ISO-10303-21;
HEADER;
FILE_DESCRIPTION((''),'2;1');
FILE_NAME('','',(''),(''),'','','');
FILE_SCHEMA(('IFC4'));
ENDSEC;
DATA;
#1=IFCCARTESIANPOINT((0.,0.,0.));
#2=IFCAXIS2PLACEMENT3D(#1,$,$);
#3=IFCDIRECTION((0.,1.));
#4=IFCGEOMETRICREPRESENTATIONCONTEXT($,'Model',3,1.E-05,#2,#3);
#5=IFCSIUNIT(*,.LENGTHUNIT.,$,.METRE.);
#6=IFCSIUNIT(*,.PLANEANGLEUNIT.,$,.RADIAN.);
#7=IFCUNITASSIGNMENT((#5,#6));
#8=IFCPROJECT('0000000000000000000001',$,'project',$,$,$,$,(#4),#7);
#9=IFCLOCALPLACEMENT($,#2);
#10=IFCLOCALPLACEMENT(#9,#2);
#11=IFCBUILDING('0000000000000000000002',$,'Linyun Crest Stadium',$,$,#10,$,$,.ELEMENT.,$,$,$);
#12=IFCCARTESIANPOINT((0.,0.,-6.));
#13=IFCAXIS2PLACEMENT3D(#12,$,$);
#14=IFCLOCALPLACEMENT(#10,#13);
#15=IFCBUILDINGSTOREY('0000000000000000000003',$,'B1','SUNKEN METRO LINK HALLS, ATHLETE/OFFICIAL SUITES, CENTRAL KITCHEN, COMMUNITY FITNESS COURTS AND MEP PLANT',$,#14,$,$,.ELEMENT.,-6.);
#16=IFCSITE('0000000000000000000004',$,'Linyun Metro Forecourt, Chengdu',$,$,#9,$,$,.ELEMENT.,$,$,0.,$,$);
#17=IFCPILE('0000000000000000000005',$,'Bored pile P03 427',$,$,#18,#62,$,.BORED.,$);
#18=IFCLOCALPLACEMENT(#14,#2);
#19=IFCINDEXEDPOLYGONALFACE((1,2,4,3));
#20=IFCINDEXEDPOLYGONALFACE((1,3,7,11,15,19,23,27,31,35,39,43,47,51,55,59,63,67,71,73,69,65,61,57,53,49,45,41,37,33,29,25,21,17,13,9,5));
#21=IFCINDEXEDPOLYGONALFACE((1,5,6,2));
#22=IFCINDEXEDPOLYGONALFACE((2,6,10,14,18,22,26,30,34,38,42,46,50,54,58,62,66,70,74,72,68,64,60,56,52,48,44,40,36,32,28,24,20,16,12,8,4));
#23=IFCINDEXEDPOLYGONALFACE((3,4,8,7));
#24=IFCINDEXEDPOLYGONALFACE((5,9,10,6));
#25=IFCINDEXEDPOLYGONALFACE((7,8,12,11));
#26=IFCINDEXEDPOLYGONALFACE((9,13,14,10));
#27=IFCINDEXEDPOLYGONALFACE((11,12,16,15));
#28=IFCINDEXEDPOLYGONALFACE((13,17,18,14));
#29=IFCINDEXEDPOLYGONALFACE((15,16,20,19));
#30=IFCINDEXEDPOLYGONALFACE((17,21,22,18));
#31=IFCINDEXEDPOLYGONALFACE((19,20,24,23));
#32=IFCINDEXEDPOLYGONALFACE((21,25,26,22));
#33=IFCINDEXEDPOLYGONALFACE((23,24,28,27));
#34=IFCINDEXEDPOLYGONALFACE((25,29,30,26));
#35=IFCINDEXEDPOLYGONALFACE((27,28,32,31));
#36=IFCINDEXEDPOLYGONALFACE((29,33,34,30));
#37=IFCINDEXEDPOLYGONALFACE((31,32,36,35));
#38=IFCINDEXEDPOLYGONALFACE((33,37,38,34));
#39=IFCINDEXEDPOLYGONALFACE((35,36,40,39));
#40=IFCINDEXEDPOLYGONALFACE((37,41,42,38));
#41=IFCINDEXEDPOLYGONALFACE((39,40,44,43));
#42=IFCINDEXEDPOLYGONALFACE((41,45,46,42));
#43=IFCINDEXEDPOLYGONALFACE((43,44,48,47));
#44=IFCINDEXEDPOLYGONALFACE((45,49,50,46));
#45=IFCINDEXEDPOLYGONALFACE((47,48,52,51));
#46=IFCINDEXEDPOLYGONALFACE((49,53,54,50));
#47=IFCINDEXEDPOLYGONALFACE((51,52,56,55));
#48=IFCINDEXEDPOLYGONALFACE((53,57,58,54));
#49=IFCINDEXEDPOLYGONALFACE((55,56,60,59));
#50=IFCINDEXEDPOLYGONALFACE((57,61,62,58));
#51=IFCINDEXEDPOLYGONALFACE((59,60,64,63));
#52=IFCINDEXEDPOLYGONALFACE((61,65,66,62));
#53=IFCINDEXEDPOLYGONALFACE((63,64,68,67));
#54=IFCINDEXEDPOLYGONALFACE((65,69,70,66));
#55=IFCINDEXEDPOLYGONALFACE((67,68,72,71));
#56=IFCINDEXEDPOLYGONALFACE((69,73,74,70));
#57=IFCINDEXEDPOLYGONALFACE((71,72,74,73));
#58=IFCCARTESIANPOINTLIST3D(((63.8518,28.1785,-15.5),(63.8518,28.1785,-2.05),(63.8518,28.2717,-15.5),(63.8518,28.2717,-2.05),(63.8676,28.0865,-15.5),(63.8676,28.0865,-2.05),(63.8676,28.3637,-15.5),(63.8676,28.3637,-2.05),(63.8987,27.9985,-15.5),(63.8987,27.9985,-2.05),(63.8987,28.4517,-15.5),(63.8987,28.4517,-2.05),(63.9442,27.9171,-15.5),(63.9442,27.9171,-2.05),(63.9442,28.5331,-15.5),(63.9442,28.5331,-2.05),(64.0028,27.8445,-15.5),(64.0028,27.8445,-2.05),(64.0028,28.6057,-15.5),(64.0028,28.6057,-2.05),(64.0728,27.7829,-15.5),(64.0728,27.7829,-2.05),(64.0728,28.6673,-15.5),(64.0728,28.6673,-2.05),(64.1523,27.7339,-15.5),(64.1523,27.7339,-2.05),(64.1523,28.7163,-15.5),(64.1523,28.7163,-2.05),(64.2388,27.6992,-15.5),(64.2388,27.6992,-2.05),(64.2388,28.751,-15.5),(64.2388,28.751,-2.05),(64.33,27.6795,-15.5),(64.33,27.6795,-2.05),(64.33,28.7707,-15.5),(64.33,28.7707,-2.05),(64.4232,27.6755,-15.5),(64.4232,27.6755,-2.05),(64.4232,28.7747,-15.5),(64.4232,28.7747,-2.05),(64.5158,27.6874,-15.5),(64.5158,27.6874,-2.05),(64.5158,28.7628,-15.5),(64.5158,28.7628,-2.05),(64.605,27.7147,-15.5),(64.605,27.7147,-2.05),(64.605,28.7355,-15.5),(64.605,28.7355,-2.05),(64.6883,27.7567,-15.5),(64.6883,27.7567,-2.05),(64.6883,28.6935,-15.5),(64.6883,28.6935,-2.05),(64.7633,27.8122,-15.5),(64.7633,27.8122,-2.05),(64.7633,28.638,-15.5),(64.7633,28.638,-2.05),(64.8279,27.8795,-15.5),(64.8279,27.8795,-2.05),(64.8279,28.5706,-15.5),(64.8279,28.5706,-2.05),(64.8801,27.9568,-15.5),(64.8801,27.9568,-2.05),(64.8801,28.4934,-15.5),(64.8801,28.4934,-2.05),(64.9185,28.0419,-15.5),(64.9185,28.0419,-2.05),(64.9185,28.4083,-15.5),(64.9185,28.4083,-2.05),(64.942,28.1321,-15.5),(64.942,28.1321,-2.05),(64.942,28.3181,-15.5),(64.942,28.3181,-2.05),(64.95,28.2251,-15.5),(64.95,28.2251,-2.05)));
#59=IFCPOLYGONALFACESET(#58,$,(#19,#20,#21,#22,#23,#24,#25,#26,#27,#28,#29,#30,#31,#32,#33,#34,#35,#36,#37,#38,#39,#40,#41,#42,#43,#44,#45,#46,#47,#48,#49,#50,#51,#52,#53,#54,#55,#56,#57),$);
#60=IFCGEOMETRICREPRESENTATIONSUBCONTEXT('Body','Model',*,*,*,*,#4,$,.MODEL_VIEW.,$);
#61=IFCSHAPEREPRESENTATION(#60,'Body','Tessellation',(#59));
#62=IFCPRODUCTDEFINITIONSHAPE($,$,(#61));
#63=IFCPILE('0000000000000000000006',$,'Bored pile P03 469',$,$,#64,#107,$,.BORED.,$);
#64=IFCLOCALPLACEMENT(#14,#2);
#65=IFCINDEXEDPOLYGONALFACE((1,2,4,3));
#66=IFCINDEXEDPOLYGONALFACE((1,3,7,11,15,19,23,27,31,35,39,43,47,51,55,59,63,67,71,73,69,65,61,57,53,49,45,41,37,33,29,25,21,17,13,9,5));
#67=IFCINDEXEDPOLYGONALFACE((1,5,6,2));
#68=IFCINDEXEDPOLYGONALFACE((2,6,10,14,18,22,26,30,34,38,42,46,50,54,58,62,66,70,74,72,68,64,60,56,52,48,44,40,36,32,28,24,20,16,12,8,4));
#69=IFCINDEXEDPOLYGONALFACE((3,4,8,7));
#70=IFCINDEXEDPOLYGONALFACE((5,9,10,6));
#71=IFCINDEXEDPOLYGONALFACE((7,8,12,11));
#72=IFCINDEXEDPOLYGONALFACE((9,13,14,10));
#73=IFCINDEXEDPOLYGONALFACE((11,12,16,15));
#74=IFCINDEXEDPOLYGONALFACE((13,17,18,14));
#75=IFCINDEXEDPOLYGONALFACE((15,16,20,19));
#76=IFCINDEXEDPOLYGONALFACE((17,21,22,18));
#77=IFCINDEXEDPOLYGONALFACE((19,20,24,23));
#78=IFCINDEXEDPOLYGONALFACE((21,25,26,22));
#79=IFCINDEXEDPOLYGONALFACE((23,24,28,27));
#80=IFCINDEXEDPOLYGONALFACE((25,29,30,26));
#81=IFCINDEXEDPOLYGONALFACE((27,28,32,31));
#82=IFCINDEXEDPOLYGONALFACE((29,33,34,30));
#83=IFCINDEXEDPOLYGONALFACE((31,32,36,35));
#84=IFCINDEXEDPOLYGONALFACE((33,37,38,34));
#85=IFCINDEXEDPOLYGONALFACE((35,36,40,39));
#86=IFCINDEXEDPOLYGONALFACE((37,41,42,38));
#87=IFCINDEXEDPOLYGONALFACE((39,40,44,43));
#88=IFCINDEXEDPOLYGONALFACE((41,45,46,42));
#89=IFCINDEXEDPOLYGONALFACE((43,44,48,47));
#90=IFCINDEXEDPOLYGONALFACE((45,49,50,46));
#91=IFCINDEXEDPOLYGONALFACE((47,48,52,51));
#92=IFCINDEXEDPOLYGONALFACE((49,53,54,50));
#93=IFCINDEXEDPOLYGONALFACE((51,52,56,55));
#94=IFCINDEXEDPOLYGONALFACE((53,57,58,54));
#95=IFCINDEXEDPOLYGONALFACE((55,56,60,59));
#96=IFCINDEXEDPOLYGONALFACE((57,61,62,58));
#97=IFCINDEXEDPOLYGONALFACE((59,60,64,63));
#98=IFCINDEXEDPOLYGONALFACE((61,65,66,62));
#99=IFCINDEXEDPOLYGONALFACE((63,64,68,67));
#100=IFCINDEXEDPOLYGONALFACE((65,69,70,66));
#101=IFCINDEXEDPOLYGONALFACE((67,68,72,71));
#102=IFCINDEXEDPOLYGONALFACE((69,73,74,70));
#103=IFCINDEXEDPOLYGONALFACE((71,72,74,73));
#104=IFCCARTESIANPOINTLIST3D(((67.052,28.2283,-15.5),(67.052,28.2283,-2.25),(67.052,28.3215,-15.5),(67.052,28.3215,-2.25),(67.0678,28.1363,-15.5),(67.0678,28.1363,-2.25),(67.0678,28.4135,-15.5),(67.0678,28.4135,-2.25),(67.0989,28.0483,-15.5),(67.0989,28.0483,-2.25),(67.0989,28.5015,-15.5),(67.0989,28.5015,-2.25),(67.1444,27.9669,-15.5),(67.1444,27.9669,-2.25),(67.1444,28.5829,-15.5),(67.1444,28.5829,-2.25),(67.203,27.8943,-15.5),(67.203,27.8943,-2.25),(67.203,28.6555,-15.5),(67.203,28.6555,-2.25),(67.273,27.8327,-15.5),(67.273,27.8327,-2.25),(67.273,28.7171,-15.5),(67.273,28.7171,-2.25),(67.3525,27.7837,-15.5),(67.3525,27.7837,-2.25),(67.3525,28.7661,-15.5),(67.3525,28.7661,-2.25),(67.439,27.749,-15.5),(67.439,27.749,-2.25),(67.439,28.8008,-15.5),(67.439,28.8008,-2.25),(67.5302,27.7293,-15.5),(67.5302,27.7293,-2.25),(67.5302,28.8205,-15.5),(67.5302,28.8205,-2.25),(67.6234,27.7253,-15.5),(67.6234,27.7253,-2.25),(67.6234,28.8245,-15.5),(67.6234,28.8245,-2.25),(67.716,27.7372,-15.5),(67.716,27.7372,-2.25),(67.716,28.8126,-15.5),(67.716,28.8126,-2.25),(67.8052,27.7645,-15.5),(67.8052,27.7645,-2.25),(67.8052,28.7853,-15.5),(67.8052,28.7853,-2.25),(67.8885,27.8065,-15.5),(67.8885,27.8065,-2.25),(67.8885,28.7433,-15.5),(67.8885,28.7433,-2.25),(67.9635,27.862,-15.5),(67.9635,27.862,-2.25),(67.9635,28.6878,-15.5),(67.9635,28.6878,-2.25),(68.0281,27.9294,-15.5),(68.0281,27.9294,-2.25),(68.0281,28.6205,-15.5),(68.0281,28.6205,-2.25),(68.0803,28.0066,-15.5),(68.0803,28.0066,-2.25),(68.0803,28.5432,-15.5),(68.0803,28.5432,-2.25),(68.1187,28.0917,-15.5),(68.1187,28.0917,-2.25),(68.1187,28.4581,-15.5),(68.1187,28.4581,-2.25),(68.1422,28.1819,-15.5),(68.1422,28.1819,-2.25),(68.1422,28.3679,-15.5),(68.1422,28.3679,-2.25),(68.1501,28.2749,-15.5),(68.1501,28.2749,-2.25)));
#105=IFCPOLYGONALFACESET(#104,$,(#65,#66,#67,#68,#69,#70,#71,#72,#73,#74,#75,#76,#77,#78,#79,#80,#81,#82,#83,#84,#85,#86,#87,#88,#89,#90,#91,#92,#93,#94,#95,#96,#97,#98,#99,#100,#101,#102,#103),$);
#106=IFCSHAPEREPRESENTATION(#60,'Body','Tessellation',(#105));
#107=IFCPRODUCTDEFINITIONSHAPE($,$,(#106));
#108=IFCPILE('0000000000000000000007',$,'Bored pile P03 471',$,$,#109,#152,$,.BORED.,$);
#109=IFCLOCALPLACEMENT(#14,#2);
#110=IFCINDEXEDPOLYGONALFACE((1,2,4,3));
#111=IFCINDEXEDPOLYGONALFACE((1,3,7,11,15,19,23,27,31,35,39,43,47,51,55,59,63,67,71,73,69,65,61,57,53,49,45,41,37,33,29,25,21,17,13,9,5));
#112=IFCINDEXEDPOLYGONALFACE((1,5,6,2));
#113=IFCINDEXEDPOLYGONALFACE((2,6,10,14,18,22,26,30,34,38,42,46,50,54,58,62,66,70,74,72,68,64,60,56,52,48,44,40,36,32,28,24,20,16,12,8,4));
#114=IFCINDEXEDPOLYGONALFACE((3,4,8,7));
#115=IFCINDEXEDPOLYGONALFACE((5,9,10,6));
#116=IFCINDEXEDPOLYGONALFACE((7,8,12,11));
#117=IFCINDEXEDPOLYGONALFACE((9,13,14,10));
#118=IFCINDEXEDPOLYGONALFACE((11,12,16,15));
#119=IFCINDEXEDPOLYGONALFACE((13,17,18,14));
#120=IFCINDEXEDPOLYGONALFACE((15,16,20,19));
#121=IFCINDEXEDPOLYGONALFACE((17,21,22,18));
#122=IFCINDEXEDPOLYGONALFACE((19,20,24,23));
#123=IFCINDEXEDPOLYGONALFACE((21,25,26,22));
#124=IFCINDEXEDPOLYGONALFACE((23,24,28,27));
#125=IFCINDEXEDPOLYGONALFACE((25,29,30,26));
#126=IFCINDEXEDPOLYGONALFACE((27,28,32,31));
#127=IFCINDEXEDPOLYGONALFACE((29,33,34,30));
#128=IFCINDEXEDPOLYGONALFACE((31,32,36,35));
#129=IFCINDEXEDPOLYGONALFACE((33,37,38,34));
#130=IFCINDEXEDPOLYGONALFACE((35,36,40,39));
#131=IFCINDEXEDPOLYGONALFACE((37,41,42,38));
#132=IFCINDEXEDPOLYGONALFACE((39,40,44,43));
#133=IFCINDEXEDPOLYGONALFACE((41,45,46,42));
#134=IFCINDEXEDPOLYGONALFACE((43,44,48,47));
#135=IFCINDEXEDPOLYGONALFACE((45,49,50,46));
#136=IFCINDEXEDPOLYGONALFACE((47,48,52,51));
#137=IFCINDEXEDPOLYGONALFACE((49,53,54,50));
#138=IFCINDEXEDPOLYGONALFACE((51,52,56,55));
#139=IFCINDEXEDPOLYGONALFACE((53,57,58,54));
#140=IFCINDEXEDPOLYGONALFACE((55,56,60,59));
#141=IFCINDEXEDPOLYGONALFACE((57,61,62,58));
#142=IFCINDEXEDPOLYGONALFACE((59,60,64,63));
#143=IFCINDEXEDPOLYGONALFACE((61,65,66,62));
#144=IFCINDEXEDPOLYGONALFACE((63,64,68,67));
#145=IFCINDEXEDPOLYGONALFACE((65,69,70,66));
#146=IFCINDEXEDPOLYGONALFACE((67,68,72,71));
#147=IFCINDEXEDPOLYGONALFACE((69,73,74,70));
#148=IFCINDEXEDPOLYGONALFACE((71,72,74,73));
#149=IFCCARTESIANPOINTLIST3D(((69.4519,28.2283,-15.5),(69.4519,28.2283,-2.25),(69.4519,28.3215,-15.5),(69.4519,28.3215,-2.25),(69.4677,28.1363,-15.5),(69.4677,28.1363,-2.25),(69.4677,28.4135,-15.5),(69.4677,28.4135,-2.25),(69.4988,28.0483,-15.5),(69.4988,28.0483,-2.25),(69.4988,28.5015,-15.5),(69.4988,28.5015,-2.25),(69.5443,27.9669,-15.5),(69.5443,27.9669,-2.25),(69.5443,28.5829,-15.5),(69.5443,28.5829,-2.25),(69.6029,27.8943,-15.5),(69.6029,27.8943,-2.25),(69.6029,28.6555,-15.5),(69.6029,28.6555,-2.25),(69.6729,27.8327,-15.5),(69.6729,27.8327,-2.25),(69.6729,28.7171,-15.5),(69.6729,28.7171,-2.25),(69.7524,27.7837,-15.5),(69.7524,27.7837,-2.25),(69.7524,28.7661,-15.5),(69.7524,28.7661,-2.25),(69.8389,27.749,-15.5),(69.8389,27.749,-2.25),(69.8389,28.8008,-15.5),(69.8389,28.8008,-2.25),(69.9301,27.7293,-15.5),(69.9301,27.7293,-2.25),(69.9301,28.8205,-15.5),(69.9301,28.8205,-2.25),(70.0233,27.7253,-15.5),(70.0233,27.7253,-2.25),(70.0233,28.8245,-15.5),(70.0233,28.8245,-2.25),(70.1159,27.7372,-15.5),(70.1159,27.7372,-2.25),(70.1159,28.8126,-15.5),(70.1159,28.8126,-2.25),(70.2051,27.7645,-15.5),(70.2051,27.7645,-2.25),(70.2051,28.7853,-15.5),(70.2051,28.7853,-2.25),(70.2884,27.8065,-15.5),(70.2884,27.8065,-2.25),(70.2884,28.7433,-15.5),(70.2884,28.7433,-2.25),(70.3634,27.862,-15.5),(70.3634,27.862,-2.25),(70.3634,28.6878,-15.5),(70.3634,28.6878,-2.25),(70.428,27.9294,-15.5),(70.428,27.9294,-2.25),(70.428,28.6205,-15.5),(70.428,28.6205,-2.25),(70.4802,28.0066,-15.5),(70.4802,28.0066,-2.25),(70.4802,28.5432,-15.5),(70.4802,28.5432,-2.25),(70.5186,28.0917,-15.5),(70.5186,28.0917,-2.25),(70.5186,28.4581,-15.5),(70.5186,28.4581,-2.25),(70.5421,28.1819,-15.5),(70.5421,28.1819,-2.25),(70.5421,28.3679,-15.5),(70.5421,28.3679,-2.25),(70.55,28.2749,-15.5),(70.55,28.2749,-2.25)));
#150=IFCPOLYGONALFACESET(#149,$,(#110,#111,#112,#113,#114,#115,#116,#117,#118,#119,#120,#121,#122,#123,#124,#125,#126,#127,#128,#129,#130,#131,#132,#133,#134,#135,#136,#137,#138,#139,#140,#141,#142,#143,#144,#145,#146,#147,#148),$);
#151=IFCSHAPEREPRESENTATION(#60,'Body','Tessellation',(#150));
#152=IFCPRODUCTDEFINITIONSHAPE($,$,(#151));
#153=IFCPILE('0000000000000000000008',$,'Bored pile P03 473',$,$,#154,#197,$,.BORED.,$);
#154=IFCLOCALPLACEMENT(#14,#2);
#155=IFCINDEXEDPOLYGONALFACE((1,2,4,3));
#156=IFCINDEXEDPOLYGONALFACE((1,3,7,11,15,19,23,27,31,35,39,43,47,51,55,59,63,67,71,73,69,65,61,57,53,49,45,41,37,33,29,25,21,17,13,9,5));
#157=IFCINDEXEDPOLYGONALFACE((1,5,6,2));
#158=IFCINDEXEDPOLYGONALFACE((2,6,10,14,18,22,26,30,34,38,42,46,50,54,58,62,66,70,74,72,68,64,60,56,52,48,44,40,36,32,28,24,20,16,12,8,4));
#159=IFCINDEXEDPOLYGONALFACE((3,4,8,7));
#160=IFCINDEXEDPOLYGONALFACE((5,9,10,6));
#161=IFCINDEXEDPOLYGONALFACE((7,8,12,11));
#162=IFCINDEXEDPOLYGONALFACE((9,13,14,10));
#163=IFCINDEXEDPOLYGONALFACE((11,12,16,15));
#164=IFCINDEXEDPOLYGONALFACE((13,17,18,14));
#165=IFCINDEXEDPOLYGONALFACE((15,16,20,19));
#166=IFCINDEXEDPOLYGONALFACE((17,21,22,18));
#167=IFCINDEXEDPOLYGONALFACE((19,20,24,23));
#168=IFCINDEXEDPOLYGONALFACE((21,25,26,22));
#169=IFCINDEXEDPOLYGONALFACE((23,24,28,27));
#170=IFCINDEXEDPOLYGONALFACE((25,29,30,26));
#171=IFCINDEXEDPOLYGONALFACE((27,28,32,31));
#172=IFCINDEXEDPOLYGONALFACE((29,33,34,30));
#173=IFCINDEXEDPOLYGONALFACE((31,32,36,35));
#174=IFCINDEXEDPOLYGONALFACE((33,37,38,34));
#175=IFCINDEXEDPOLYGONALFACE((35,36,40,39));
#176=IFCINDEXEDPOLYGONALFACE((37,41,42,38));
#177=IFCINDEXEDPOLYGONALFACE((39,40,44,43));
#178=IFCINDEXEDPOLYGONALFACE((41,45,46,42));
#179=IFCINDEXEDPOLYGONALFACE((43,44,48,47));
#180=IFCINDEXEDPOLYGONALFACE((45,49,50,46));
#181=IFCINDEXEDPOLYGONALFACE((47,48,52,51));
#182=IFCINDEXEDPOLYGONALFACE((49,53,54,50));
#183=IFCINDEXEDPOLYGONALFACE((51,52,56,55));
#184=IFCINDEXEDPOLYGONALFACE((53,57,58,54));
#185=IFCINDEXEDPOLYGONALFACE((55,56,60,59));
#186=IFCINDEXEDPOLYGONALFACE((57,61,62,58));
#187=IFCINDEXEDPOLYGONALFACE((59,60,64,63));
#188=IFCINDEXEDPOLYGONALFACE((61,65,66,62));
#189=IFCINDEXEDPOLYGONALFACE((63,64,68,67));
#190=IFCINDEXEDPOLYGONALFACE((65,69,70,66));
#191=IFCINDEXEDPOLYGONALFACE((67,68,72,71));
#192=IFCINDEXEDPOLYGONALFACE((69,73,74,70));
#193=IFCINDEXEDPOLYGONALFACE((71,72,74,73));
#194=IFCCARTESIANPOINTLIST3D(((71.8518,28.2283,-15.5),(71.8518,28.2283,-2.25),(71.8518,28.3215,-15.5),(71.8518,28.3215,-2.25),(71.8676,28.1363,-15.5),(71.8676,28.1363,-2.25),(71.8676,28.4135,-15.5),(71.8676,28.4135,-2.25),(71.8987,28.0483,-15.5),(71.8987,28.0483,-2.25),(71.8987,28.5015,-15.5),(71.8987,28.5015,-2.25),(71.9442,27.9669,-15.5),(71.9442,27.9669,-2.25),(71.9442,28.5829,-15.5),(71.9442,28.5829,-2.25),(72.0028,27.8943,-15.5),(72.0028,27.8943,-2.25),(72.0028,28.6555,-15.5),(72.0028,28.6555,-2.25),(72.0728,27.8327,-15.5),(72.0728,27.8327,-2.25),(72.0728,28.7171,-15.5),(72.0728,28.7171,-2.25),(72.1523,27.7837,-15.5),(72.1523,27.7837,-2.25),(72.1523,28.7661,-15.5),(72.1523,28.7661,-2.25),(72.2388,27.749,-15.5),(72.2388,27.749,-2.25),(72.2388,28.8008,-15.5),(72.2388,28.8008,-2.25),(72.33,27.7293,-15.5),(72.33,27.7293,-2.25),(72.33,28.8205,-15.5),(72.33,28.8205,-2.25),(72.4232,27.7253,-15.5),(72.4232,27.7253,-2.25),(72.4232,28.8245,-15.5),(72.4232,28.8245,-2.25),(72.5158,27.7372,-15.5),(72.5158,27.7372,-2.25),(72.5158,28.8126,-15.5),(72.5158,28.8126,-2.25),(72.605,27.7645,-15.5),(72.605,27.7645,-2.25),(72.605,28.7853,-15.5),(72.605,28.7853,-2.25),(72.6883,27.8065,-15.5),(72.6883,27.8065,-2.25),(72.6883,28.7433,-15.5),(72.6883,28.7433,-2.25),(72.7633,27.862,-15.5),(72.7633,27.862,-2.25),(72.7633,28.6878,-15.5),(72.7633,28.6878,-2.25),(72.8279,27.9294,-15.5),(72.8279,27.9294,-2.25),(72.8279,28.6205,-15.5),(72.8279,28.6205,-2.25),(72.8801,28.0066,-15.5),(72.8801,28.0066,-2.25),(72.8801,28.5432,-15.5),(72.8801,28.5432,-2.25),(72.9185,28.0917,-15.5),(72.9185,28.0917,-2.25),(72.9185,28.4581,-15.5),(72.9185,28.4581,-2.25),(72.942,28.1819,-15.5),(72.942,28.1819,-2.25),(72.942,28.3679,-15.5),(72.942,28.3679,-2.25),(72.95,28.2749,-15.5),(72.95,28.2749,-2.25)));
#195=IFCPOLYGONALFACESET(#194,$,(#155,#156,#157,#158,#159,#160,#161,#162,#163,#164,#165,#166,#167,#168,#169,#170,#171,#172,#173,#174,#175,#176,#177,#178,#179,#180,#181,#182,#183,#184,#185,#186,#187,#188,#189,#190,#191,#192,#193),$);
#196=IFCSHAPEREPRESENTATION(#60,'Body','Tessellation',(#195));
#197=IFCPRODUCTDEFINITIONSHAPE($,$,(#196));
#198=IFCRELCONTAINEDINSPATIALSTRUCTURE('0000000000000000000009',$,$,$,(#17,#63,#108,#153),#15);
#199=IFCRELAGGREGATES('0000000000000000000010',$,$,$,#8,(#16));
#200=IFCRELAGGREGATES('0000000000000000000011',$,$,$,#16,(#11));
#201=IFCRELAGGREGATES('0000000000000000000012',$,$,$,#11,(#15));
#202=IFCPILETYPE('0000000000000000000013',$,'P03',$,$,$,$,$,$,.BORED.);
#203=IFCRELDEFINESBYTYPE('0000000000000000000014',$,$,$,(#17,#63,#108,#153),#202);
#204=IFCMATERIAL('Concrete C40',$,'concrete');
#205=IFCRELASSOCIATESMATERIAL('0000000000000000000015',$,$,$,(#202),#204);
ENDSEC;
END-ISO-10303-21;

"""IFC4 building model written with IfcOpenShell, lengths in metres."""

from ifc_helpers import new_model, si_unit, direction, frame, origin, origin_2d, place, context, subcontext, project, spatial, circle, extrude, material, material_profile, profile_set, type_object, element, save


model = new_model("IFC4")

# Units and contexts
model_context = context("Model", 3, precision=1e-05, world=origin(), true_north=direction((0.0, 1.0)))
body_context = subcontext(model_context, "Body", "Model", "MODEL_VIEW")
ifc_project = project(units=[si_unit("LENGTHUNIT", "METRE"), si_unit("PLANEANGLEUNIT", "RADIAN")], contexts=[model_context])

# Site, building, storey
site_placement = place(None, origin())
site = spatial("IfcSite", under=ifc_project, at=site_placement, Name="Linyun Metro Forecourt, Chengdu", CompositionType="ELEMENT", RefElevation=0.0)
building_placement = place(site_placement, origin())
building = spatial("IfcBuilding", under=site, at=building_placement, Name="Linyun Crest Stadium", CompositionType="ELEMENT")
storey_placement = place(building_placement, frame((0.0, 0.0, -6.0)))
storey = spatial("IfcBuildingStorey", under=building, at=storey_placement, Name="B1", Description="SUNKEN METRO LINK HALLS, ATHLETE/OFFICIAL SUITES, CENTRAL KITCHEN, COMMUNITY FITNESS COURTS AND MEP PLANT", CompositionType="ELEMENT", Elevation=-6.0)

# Piles
ifc_material_1 = material(Name="Concrete C40", Category="concrete")
ifc_material_profile_1 = material_profile(ifc_material_1, circle(Radius=0.55, at=origin_2d()), Name="BORED PILE 1100")
ifc_profile_set_1 = profile_set([ifc_material_profile_1], Name="Concrete C40")
pile_type = type_object("IfcPileType", Name="P03", PredefinedType="BORED", material=ifc_profile_set_1)
pile_placement = place(storey_placement, frame((64.3999, 28.2251, -2.05), z_axis=(0.0, 0.0, -1.0), x_axis=(1.0, 0.0, 0.0)))
element("IfcPile", 1, at=pile_placement, inside=storey, type_object=pile_type, Name="Bored pile P03 427", PredefinedType="BORED", context=body_context, shape_type="SweptSolid", body=[
    extrude(circle(Radius=0.55, at=origin_2d()), origin(), (0.0, 0.0, 1.0), 13.45),
])
for number, where, z_axis, x_axis, name in (
    (2, (67.6001, 28.2749, -2.25), (0.0, 0.0, -1.0), (1.0, 0.0, 0.0), "Bored pile P03 469"),
    (3, (70.0, 28.2749, -2.25), (0.0, 0.0, -1.0), (1.0, 0.0, 0.0), "Bored pile P03 471"),
    (4, (72.3999, 28.2749, -2.25), (0.0, 0.0, -1.0), (1.0, 0.0, 0.0), "Bored pile P03 473"),
):
    element("IfcPile", number, at=place(storey_placement, frame(where, z_axis=z_axis, x_axis=x_axis)), inside=storey, type_object=pile_type, Name=name, PredefinedType="BORED", context=body_context, shape_type="SweptSolid", body=[
        extrude(circle(Radius=0.55, at=origin_2d()), origin(), (0.0, 0.0, 1.0), 13.25),
    ])

save(model, "model.ifc")
